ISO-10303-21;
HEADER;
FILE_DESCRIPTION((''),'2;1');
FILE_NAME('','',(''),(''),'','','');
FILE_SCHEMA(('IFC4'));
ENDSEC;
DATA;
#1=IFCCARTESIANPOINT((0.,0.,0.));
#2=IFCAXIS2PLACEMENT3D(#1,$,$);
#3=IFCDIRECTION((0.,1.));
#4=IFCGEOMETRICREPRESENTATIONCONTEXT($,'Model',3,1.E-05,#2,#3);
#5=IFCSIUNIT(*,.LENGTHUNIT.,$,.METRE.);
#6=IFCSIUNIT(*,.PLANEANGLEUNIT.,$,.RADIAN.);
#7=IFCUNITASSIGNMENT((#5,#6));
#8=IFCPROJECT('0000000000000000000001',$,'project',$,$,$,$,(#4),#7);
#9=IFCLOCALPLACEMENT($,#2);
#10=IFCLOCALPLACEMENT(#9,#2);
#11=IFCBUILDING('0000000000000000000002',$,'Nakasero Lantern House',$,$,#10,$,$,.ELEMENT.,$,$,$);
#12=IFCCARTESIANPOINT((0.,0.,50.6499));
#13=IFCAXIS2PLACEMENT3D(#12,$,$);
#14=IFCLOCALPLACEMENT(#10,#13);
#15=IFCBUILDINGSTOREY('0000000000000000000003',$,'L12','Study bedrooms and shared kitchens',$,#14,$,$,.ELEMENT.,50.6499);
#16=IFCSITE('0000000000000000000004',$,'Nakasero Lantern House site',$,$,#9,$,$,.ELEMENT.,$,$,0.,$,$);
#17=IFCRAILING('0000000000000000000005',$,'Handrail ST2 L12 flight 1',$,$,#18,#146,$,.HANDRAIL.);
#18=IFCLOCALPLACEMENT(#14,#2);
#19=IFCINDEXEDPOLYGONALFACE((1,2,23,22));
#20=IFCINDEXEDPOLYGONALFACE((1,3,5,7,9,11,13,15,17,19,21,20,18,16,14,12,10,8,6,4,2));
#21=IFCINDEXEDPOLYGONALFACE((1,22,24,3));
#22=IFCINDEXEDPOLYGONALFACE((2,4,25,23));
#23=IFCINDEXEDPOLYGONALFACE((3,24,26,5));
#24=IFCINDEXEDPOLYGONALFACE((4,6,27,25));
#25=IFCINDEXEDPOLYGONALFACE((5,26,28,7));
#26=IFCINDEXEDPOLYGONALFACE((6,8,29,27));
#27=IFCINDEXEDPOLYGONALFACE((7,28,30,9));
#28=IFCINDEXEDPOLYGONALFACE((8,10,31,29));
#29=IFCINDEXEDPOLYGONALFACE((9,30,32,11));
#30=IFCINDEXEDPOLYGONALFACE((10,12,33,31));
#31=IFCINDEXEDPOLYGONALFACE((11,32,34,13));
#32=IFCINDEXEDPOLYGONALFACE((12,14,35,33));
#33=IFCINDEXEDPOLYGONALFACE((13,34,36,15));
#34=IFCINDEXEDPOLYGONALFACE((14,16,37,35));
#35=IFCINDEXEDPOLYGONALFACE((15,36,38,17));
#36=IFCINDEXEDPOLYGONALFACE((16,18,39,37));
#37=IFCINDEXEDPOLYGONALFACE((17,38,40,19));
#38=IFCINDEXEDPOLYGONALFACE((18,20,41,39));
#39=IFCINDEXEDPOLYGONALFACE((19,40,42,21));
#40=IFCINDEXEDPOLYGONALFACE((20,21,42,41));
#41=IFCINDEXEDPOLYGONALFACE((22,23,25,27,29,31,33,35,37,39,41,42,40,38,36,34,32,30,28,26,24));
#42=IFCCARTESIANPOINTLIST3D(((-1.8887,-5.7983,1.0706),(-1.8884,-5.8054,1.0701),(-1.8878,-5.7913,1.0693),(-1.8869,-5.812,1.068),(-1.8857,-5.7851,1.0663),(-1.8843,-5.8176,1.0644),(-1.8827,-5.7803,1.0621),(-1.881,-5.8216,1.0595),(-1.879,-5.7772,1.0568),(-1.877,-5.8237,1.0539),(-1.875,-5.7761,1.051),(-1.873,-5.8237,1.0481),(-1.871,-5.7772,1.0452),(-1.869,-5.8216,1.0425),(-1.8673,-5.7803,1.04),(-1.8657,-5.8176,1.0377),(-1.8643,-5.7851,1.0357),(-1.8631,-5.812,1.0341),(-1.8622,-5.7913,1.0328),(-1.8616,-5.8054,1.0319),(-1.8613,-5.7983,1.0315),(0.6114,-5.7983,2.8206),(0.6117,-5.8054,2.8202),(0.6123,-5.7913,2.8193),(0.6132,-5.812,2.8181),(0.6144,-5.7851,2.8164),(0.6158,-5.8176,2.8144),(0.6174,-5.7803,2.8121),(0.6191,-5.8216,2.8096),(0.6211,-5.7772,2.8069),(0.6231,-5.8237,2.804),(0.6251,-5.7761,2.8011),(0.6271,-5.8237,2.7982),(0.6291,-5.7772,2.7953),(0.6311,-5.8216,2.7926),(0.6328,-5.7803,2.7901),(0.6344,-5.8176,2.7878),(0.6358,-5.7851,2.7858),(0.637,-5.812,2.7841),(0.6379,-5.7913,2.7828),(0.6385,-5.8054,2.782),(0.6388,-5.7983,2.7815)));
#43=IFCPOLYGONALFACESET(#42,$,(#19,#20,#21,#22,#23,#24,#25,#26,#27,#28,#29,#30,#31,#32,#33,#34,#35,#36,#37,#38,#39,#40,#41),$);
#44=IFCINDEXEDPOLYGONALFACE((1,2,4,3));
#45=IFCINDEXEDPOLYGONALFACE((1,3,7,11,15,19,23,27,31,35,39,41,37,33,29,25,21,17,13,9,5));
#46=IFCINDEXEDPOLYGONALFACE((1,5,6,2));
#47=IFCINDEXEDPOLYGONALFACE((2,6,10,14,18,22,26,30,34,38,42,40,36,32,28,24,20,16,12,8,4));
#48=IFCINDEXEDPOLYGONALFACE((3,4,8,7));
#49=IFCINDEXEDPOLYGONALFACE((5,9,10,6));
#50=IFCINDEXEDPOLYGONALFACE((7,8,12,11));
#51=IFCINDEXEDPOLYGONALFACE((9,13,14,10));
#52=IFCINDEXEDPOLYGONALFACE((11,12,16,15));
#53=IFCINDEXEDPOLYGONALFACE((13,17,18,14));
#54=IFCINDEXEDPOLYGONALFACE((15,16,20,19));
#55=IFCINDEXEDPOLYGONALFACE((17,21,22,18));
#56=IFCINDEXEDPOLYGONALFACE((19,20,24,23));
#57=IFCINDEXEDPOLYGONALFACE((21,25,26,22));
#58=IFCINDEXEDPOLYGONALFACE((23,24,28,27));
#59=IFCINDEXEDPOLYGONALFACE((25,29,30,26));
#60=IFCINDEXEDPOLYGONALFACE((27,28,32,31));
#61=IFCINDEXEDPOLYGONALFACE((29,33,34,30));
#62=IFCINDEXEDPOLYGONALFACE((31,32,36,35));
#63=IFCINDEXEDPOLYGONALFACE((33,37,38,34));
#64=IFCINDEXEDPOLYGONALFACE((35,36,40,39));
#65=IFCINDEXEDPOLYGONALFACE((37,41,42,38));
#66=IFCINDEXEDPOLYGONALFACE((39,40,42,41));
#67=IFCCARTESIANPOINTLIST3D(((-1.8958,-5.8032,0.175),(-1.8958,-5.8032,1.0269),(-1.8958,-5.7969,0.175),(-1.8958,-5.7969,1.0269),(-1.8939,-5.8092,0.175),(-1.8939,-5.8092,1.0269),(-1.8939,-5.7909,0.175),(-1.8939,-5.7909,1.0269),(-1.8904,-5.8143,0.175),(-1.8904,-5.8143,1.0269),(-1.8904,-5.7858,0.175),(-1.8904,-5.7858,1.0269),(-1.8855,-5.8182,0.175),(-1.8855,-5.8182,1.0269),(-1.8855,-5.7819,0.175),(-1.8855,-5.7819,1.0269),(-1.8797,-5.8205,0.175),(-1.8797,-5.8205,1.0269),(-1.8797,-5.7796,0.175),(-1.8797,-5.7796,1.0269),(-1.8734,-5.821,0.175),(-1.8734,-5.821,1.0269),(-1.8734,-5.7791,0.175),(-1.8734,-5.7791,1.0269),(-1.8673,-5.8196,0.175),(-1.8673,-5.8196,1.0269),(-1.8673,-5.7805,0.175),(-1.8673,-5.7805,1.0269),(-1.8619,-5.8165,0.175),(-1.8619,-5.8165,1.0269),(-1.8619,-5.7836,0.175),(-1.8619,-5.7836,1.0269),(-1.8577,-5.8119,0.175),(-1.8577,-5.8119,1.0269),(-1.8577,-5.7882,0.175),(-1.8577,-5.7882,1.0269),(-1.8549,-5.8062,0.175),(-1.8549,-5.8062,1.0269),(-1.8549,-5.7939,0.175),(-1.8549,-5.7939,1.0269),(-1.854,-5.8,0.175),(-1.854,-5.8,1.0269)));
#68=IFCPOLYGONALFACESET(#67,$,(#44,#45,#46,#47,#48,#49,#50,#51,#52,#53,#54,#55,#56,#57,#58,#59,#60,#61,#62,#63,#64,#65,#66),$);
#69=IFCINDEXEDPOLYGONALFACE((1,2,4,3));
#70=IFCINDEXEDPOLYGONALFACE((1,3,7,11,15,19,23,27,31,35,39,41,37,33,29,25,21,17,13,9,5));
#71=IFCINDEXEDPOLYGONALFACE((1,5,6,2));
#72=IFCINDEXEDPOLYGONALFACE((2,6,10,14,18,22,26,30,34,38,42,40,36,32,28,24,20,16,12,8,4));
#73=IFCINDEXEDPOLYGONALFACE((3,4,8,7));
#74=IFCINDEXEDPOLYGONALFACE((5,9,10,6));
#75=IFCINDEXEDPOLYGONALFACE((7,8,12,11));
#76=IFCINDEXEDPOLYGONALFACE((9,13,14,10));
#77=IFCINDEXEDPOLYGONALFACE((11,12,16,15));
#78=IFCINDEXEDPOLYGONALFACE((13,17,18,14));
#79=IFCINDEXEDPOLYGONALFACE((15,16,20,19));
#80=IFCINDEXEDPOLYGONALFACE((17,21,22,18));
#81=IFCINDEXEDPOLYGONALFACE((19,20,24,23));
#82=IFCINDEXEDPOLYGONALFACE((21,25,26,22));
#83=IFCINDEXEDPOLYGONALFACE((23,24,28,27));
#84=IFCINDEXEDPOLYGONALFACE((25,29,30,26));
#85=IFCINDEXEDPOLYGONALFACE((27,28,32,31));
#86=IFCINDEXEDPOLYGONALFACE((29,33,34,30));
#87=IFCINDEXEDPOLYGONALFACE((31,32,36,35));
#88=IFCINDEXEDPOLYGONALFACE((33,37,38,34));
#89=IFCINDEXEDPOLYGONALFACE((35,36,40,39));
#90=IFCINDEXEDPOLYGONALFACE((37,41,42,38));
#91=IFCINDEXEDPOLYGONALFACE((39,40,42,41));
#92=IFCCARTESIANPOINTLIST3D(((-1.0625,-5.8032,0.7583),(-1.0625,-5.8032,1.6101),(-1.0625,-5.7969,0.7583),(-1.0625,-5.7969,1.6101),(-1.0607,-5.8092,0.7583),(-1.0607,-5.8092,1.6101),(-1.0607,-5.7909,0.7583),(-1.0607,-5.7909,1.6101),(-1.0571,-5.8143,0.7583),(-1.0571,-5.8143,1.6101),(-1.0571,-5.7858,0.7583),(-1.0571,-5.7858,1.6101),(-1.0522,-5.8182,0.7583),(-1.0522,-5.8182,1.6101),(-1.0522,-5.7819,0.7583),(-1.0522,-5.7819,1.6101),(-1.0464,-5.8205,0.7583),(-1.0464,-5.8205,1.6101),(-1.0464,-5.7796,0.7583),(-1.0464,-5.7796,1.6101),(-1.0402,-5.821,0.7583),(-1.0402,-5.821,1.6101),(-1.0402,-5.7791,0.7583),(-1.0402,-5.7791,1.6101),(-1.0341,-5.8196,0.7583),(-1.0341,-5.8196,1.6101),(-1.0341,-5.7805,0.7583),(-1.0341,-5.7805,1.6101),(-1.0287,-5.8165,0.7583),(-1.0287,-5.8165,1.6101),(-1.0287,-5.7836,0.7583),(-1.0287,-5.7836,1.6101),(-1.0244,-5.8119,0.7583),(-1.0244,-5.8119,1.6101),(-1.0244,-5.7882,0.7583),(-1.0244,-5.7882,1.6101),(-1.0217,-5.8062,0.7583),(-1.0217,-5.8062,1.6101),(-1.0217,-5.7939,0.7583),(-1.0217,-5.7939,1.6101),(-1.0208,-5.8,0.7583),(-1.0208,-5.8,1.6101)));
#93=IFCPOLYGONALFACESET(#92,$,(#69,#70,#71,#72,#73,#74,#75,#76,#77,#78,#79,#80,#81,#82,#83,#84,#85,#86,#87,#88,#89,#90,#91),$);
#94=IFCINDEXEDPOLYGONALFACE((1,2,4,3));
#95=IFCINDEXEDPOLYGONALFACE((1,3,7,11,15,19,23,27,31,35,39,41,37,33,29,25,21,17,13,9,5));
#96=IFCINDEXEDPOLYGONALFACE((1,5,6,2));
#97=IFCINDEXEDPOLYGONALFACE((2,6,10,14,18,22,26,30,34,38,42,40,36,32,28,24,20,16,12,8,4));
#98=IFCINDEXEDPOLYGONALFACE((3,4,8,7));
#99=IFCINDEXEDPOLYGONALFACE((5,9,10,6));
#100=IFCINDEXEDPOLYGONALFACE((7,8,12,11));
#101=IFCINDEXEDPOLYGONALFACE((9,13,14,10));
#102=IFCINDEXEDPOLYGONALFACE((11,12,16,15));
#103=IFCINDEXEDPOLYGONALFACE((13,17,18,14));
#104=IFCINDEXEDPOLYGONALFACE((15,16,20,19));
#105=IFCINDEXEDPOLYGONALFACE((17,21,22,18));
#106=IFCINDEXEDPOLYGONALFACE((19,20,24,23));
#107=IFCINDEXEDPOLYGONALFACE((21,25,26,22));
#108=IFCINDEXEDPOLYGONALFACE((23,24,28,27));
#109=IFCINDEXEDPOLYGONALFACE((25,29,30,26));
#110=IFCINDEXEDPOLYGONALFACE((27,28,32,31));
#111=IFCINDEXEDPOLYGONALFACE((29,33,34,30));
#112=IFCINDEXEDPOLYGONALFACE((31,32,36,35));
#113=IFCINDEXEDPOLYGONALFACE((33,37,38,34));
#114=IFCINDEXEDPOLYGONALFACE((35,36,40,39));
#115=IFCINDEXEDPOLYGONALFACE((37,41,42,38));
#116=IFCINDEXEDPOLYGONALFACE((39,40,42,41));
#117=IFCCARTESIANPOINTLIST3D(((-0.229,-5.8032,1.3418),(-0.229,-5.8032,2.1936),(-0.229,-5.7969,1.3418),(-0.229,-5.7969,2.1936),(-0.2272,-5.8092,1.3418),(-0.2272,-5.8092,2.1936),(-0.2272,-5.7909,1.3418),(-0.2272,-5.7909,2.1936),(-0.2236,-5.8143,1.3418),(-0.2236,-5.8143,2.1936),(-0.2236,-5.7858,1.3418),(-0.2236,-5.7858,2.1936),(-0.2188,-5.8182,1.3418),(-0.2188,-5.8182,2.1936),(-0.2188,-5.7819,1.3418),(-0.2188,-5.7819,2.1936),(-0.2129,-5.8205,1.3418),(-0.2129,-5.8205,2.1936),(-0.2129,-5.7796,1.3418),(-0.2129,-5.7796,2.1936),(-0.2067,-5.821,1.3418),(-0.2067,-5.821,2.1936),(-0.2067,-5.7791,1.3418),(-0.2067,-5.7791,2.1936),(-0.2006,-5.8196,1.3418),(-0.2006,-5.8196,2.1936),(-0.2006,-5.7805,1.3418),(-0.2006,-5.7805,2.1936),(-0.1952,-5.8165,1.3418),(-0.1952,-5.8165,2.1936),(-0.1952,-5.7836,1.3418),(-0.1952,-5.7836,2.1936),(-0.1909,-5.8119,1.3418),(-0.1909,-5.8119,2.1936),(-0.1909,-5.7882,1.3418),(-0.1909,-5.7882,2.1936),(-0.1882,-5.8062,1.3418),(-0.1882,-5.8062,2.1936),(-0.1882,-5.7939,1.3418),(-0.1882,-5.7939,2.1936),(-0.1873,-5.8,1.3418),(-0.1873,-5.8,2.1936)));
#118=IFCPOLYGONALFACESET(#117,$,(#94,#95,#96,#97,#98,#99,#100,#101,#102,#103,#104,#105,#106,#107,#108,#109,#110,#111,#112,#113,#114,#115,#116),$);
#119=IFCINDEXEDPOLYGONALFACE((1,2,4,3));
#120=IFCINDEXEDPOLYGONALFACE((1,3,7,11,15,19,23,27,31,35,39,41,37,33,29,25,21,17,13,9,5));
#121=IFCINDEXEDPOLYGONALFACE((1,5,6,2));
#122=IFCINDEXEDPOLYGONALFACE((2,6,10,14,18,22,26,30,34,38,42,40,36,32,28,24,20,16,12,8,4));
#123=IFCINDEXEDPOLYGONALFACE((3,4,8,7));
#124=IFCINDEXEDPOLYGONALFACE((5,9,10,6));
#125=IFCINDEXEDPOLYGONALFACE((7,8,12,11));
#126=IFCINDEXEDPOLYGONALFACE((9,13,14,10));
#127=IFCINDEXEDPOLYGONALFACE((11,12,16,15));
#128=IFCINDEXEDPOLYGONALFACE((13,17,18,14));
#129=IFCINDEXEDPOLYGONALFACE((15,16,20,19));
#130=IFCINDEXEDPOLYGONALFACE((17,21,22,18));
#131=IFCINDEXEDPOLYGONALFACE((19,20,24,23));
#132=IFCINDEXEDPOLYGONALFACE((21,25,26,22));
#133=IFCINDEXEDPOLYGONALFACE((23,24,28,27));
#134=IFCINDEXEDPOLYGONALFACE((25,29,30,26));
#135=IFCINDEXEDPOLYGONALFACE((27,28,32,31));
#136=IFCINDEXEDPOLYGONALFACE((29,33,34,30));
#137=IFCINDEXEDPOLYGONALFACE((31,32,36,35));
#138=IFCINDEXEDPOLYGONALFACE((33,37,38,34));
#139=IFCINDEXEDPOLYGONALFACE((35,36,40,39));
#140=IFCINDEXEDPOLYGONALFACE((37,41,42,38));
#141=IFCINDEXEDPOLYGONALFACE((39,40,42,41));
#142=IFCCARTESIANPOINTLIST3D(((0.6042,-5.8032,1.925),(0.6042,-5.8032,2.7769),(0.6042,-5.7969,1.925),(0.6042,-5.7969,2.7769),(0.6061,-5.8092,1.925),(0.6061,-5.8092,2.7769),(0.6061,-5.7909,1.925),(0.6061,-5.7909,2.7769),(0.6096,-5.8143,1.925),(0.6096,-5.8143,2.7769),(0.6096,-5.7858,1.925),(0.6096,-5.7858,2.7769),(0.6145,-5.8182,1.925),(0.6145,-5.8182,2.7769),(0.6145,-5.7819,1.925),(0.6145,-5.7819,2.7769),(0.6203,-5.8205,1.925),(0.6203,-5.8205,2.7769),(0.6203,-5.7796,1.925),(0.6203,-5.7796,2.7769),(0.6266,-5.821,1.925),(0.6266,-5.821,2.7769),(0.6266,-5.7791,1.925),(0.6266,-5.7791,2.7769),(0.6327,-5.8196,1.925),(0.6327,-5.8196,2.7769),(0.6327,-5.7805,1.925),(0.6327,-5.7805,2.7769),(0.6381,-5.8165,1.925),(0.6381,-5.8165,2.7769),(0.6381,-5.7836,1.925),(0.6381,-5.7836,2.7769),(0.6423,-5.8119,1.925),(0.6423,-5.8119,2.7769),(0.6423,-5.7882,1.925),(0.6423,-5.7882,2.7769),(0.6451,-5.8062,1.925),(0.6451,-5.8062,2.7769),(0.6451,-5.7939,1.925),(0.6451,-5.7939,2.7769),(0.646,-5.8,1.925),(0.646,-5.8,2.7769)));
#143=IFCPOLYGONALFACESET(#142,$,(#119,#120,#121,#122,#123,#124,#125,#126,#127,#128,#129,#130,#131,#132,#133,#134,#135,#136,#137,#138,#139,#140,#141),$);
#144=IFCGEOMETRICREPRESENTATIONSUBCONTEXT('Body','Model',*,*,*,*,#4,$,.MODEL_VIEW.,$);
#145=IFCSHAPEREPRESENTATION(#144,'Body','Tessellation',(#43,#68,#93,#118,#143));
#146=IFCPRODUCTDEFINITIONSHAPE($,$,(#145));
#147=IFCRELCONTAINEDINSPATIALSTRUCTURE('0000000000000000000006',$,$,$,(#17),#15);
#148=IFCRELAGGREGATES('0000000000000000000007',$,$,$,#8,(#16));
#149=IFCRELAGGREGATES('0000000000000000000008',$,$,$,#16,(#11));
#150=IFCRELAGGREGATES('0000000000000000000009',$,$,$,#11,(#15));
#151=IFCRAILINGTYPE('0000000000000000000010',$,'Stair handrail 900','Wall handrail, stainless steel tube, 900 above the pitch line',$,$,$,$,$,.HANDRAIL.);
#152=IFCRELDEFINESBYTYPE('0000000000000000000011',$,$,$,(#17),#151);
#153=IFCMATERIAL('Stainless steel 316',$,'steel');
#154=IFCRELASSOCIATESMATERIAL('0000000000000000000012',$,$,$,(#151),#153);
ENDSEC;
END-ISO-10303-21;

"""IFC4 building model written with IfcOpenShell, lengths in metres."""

from ifc_helpers import new_model, si_unit, direction, frame, origin, origin_2d, place, context, subcontext, project, spatial, circle, extrude, material, type_object, element, save


model = new_model("IFC4")

# Units and contexts
model_context = context("Model", 3, precision=1e-05, world=origin(), true_north=direction((0.0, 1.0)))
body_context = subcontext(model_context, "Body", "Model", "MODEL_VIEW")
ifc_project = project(units=[si_unit("LENGTHUNIT", "METRE"), si_unit("PLANEANGLEUNIT", "RADIAN")], contexts=[model_context])

# Site, building, storey
site_placement = place(None, origin())
site = spatial("IfcSite", under=ifc_project, at=site_placement, Name="Nakasero Lantern House site", CompositionType="ELEMENT", RefElevation=0.0)
building_placement = place(site_placement, origin())
building = spatial("IfcBuilding", under=site, at=building_placement, Name="Nakasero Lantern House", CompositionType="ELEMENT")
storey_placement = place(building_placement, frame((0.0, 0.0, 50.6499)))
storey = spatial("IfcBuildingStorey", under=building, at=storey_placement, Name="L12", Description="Study bedrooms and shared kitchens", CompositionType="ELEMENT", Elevation=50.6499)

# Railing
ifc_material_1 = material(Name="Stainless steel 316", Category="steel")
railing_type = type_object("IfcRailingType", Name="Stair handrail 900", Description="Wall handrail, stainless steel tube, 900 above the pitch line", PredefinedType="HANDRAIL", material=ifc_material_1)
railing_placement = place(storey_placement, frame((-1.875, -5.8, 0.175)))
element("IfcRailing", 1, at=railing_placement, inside=storey, type_object=railing_type, Name="Handrail ST2 L12 flight 1", PredefinedType="HANDRAIL", context=body_context, shape_type="SweptSolid", body=[
    extrude(circle(Radius=0.0239, at=origin_2d()), frame((0.0, 0.0, 0.876), z_axis=(0.819232, 0.0, 0.573462), x_axis=(0.0, 1.0, 0.0)), (0.0, 0.0, 1.0), 3.0518),
    extrude(circle(Radius=0.021, at=origin_2d()), origin(), (0.0, 0.0, 1.0), 0.8518),
    extrude(circle(Radius=0.021, at=origin_2d()), frame((0.8333, 0.0, 0.5833)), (0.0, 0.0, 1.0), 0.8518),
    extrude(circle(Radius=0.021, at=origin_2d()), frame((1.6667, 0.0, 1.1667)), (0.0, 0.0, 1.0), 0.8518),
    extrude(circle(Radius=0.021, at=origin_2d()), frame((2.5, 0.0, 1.75)), (0.0, 0.0, 1.0), 0.8518),
])

save(model, "model.ifc")
